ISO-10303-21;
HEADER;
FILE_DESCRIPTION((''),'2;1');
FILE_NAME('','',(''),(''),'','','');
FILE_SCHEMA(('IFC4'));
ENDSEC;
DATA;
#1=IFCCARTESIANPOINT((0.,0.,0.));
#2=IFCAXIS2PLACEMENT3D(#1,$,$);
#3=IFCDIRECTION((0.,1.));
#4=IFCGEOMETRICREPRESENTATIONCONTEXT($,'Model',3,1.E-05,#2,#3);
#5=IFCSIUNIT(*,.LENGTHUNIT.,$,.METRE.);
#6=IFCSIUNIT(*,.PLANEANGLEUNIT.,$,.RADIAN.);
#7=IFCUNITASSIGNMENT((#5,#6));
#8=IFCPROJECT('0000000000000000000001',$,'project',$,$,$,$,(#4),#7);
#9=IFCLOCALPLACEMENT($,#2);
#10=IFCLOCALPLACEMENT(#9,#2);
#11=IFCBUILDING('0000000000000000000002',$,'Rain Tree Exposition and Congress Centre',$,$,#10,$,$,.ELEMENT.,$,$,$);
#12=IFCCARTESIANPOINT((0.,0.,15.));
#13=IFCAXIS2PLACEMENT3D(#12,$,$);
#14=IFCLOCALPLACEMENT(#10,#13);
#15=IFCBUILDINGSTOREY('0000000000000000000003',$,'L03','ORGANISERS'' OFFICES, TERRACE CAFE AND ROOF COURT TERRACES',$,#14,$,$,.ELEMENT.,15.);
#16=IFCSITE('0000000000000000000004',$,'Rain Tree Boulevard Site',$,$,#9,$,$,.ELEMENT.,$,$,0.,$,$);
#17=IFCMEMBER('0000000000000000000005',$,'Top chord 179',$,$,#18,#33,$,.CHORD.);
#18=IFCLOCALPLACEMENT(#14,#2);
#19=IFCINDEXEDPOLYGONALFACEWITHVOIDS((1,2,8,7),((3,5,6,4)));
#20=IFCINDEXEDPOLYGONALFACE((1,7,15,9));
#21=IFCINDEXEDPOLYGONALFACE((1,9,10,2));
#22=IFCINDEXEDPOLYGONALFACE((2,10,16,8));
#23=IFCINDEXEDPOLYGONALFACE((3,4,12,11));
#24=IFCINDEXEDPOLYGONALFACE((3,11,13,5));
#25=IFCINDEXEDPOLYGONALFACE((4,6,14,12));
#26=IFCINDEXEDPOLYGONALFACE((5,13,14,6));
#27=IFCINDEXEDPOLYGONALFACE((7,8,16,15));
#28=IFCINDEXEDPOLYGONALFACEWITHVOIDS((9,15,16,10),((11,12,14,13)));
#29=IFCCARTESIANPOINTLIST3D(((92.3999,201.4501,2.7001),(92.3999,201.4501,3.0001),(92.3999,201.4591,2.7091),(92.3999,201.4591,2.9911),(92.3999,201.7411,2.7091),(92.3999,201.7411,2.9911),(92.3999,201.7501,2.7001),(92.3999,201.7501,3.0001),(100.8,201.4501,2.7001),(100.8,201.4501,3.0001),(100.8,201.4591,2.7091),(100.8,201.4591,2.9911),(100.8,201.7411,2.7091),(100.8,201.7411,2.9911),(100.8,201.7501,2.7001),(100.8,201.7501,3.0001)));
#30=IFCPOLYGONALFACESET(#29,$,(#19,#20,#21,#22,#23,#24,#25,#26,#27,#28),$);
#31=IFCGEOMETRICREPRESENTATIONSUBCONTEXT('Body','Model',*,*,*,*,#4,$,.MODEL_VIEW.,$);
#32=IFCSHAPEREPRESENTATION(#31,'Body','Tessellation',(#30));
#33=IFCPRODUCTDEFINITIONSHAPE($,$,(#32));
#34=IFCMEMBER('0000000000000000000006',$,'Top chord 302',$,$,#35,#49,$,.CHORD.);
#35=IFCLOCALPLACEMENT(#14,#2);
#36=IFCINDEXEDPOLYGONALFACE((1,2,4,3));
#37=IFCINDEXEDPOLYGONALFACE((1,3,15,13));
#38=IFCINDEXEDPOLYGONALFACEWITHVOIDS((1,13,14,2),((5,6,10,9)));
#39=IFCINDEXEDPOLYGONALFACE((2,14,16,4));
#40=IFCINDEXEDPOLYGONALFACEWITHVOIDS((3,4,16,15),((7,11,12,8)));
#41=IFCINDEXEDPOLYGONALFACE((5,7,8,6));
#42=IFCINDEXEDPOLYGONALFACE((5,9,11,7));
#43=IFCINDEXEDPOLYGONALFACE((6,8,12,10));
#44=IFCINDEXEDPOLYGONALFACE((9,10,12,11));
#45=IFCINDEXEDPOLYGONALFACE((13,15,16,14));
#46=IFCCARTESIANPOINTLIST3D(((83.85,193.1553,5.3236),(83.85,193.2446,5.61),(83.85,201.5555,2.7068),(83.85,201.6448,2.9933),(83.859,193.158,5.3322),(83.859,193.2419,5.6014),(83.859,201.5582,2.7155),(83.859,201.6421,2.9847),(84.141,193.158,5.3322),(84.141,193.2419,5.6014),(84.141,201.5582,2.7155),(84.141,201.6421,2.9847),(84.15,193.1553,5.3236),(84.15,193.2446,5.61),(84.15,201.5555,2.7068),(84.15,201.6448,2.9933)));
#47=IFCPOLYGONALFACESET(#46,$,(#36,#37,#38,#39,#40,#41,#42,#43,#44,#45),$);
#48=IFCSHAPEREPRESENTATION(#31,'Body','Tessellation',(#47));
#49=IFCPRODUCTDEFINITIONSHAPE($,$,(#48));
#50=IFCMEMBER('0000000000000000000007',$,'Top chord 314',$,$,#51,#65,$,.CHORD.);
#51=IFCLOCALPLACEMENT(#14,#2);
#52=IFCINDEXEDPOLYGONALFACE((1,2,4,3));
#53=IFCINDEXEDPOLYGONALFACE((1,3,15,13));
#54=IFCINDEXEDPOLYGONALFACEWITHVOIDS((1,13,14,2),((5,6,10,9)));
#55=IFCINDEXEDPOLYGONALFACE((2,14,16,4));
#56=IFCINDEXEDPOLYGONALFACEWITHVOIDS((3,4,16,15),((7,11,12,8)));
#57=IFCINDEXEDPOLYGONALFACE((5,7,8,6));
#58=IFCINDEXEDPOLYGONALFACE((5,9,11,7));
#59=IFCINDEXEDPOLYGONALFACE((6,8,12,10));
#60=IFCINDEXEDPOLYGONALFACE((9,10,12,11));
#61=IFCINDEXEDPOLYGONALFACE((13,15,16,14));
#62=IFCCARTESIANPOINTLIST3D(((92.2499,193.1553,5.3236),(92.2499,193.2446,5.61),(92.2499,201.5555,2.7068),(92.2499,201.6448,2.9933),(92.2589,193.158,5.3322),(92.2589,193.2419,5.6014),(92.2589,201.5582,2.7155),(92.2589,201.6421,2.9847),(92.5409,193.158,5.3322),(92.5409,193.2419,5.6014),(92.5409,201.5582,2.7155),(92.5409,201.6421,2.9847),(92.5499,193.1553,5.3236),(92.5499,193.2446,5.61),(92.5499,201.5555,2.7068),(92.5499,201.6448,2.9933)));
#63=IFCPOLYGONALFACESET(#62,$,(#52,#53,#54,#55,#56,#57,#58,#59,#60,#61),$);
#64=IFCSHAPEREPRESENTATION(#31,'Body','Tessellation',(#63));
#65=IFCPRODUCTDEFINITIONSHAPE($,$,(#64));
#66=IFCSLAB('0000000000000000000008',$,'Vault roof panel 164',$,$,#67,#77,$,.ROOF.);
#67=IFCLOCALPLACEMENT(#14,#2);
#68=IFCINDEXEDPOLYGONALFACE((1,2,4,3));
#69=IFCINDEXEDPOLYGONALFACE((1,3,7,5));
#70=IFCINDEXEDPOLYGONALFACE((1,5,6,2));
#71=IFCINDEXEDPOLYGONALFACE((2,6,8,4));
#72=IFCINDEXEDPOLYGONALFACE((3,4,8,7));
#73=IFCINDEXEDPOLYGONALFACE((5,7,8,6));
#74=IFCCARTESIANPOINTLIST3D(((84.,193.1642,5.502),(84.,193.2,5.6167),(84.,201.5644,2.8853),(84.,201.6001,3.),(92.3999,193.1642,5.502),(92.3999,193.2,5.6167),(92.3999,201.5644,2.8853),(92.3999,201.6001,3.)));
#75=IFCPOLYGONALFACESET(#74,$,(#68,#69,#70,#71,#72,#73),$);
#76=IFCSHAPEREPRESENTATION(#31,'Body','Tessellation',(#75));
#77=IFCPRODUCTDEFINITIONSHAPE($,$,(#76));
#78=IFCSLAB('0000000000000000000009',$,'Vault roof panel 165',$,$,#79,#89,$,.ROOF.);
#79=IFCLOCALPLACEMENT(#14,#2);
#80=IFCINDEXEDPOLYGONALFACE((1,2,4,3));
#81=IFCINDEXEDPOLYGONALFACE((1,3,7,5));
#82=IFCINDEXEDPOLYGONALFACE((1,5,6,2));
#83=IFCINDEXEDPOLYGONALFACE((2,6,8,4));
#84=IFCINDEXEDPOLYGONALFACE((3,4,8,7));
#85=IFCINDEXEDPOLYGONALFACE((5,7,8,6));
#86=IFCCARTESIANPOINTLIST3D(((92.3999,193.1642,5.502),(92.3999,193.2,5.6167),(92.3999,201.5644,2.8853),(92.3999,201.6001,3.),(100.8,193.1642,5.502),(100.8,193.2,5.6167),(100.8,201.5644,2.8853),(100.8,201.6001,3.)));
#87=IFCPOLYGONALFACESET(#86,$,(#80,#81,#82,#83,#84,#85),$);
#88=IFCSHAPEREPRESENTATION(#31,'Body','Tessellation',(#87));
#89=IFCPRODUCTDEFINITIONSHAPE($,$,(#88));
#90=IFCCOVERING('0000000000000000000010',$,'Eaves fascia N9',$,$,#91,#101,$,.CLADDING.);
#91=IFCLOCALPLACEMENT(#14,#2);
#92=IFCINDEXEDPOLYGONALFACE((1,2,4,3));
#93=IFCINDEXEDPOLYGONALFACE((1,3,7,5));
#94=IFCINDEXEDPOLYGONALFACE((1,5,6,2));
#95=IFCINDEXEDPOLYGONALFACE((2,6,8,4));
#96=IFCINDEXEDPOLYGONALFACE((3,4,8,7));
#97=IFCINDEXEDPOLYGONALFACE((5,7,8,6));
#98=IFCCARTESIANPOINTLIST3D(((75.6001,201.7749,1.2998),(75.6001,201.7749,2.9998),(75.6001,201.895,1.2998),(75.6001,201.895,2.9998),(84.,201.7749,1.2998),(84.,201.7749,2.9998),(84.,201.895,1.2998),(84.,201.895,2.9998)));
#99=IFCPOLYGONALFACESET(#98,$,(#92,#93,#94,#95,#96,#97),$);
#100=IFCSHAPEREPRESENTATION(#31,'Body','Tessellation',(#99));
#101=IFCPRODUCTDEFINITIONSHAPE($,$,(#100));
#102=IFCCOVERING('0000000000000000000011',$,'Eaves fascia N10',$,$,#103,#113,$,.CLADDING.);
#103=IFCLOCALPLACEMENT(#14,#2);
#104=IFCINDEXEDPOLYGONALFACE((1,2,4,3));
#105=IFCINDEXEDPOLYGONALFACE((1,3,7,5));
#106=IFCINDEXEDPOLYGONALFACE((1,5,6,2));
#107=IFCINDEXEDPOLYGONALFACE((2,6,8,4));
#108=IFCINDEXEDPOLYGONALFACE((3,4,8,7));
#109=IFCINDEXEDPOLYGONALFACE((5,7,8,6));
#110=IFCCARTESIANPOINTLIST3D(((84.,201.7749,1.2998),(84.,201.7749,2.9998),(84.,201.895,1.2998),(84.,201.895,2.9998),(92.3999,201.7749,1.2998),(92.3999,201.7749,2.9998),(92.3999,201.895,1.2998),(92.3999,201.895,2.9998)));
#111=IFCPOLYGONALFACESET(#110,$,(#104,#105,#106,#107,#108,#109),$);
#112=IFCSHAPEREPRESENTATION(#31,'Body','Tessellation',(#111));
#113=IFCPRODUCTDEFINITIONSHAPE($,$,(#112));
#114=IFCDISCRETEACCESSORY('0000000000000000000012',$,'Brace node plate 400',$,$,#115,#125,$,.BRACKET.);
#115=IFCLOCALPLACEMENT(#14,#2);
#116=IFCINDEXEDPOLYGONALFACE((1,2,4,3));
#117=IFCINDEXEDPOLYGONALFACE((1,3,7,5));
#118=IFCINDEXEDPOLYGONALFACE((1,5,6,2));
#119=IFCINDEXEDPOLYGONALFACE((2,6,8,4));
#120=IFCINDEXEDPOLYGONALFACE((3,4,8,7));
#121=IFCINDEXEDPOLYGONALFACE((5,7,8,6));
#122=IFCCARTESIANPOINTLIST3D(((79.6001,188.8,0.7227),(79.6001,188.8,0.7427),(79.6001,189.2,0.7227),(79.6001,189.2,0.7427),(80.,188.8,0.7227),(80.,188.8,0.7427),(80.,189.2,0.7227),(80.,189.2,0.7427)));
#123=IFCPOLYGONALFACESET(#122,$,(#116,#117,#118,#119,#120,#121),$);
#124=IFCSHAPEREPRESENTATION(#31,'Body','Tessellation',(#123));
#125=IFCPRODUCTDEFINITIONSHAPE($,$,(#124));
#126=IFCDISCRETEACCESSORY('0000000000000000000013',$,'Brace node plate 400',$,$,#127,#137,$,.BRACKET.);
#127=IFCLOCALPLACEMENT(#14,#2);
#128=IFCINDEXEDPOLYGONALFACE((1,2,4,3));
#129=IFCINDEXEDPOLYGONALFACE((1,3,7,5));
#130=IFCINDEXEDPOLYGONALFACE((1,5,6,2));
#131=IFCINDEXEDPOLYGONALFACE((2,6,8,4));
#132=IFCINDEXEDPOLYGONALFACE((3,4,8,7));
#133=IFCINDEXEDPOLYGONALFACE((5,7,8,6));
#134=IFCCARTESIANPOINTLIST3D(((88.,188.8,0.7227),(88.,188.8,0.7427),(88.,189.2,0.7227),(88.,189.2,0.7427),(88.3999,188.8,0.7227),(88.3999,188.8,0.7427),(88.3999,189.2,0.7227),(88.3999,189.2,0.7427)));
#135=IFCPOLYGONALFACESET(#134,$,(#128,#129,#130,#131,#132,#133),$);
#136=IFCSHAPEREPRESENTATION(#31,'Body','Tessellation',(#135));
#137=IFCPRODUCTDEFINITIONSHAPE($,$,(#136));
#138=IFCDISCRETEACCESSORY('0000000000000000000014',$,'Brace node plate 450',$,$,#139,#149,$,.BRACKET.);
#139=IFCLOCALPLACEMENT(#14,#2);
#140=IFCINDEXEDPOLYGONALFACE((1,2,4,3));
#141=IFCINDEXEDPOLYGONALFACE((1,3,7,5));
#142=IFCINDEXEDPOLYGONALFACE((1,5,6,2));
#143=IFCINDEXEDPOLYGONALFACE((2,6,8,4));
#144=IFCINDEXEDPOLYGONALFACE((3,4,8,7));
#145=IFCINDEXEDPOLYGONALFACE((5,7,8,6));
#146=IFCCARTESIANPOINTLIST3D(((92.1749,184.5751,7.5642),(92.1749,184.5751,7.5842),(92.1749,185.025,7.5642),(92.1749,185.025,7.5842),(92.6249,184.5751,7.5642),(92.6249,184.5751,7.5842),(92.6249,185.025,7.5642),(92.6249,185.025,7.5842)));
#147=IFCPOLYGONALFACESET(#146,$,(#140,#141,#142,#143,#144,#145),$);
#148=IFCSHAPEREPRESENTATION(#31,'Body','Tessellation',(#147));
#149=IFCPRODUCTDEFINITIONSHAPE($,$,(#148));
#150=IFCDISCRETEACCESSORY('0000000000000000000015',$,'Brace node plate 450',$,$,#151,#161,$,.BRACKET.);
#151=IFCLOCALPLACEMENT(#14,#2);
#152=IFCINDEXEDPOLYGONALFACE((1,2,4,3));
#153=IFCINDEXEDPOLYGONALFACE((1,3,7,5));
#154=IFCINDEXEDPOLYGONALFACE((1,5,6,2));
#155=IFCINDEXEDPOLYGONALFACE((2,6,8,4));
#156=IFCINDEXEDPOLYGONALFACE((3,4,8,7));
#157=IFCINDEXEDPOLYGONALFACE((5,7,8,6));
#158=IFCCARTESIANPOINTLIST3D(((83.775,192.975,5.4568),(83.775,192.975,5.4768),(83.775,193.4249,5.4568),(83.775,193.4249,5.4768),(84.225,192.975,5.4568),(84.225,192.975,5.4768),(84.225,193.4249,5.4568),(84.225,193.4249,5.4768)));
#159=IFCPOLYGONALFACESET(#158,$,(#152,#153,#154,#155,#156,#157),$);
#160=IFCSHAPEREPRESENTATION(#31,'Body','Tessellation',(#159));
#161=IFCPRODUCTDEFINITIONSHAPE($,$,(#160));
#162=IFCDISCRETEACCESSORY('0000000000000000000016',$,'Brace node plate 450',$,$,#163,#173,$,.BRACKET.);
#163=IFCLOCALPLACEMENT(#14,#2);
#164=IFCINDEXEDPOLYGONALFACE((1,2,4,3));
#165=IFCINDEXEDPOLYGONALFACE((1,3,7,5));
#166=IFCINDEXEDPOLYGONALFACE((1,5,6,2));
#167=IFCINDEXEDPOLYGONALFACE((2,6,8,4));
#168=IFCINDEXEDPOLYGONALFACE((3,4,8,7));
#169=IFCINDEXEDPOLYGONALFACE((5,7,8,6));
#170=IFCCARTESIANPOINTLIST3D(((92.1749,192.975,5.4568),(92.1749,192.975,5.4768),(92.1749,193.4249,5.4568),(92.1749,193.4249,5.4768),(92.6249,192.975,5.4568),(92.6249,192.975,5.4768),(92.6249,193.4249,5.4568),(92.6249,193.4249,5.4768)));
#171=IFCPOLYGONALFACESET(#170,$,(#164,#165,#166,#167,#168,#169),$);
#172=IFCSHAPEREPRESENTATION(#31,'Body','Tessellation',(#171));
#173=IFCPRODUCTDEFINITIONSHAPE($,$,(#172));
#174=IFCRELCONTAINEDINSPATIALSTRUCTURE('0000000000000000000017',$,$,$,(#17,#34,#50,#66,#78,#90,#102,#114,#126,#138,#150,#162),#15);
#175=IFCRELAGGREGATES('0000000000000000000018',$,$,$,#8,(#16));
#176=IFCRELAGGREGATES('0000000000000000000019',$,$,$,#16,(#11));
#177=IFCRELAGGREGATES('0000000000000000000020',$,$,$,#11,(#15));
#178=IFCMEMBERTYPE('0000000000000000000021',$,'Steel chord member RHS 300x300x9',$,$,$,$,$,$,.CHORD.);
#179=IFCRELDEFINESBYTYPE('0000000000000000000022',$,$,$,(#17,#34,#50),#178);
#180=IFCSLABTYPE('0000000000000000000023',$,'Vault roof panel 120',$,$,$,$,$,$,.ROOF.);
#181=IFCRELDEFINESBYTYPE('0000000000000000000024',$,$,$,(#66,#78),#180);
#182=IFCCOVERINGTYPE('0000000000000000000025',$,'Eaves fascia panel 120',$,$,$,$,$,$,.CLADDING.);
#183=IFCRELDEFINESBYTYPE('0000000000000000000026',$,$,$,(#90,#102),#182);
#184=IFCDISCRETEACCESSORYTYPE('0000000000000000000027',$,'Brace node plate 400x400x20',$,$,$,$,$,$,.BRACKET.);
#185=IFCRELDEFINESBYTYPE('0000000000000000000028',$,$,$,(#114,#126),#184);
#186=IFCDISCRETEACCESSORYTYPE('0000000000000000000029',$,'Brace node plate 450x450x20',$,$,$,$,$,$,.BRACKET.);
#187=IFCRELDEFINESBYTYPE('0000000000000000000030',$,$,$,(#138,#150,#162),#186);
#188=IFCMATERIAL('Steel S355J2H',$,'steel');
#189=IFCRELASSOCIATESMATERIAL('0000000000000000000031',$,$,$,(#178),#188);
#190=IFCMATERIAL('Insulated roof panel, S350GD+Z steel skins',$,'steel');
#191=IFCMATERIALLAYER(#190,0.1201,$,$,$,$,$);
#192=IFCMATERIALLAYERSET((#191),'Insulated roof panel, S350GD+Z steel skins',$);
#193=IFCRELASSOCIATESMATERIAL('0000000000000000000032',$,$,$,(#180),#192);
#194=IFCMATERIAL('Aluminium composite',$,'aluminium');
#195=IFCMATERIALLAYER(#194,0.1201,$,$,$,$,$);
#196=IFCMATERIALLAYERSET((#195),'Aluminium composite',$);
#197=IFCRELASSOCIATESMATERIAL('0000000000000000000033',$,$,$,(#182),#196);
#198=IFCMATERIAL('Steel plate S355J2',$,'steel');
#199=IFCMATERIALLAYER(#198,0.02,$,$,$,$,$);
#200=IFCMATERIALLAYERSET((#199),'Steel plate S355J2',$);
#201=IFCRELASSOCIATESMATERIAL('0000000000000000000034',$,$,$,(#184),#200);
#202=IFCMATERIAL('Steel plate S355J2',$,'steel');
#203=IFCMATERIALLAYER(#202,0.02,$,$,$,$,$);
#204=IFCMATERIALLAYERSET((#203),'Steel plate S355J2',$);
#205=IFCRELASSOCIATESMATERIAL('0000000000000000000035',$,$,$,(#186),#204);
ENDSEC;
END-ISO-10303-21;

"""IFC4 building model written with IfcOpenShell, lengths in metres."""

from ifc_helpers import new_model, si_unit, direction, frame, origin, origin_2d, place, context, subcontext, project, spatial, polyline, rectangle, hollow_rectangle, outline, extrude, material, layer, layer_set, material_profile, profile_set, type_object, element, save


model = new_model("IFC4")

# Units and contexts
model_context = context("Model", 3, precision=1e-05, world=origin(), true_north=direction((0.0, 1.0)))
body_context = subcontext(model_context, "Body", "Model", "MODEL_VIEW")
ifc_project = project(units=[si_unit("LENGTHUNIT", "METRE"), si_unit("PLANEANGLEUNIT", "RADIAN")], contexts=[model_context])

# Site, building, storey
site_placement = place(None, origin())
site = spatial("IfcSite", under=ifc_project, at=site_placement, Name="Rain Tree Boulevard Site", CompositionType="ELEMENT", RefElevation=0.0)
building_placement = place(site_placement, origin())
building = spatial("IfcBuilding", under=site, at=building_placement, Name="Rain Tree Exposition and Congress Centre", CompositionType="ELEMENT")
storey_placement = place(building_placement, frame((0.0, 0.0, 15.0)))
storey = spatial("IfcBuildingStorey", under=building, at=storey_placement, Name="L03", Description="ORGANISERS' OFFICES, TERRACE CAFE AND ROOF COURT TERRACES", CompositionType="ELEMENT", Elevation=15.0)

# Members
ifc_material_1 = material(Name="Steel S355J2H", Category="steel")
ifc_material_profile_1 = material_profile(ifc_material_1, hollow_rectangle(XDim=0.3, YDim=0.3, WallThickness=0.009, at=origin_2d()), Name="RHS 300x300x9")
ifc_profile_set_1 = profile_set([ifc_material_profile_1], Name="Steel S355J2H")
member_type_1 = type_object("IfcMemberType", Name="Steel chord member RHS 300x300x9", PredefinedType="CHORD", material=ifc_profile_set_1)
member_1_placement = place(storey_placement, frame((92.3999, 201.6001, 2.8501), z_axis=(1.0, 0.0, 0.0), x_axis=(0.0, 1.0, 0.0)))
element("IfcMember", 1, at=member_1_placement, inside=storey, type_object=member_type_1, Name="Top chord 179", PredefinedType="CHORD", context=body_context, shape_type="SweptSolid", body=[
    extrude(hollow_rectangle(XDim=0.3, YDim=0.3, WallThickness=0.009, at=origin_2d()), origin(), (0.0, 0.0, 1.0), 8.4001),
])
for number, where, z_axis, x_axis, name in (
    (2, (84.0, 193.2, 5.4668), (0.0, 0.95475, -0.297411), (-1.0, 0.0, 0.0), "Top chord 302"),
    (3, (92.3999, 193.2, 5.4668), (0.0, 0.95475, -0.297411), (-1.0, 0.0, 0.0), "Top chord 314"),
):
    element("IfcMember", number, at=place(storey_placement, frame(where, z_axis=z_axis, x_axis=x_axis)), inside=storey, type_object=member_type_1, Name=name, PredefinedType="CHORD", context=body_context, shape_type="SweptSolid", body=[
        extrude(hollow_rectangle(XDim=0.3, YDim=0.3, WallThickness=0.009, at=origin_2d()), origin(), (0.0, 0.0, 1.0), 8.7983),
    ])

# Slabs
ifc_material_2 = material(Name="Insulated roof panel, S350GD+Z steel skins", Category="steel")
ifc_layer_1 = layer(ifc_material_2, 0.1201)
ifc_layer_set_1 = layer_set([ifc_layer_1], Name="Insulated roof panel, S350GD+Z steel skins")
slab_type = type_object("IfcSlabType", Name="Vault roof panel 120", PredefinedType="ROOF", material=ifc_layer_set_1)
slab_1_placement = place(storey_placement, frame((84.0, 193.2, 5.6167), z_axis=(0.0, 0.297411, 0.95475), x_axis=(1.0, 0.0, 0.0)))
element("IfcSlab", 4, at=slab_1_placement, inside=storey, type_object=slab_type, Name="Vault roof panel 164", PredefinedType="ROOF", context=body_context, shape_type="SweptSolid", body=[
    extrude(outline(polyline([(0.0, 0.0), (8.3999, 0.0), (8.3999, 8.7983), (0.0, 8.7983), (0.0, 0.0)])), origin(), (0.0, 0.0, -1.0), 0.1201),
])
slab_2_placement = place(storey_placement, frame((92.3999, 193.2, 5.6167), z_axis=(0.0, 0.297411, 0.95475), x_axis=(1.0, 0.0, 0.0)))
element("IfcSlab", 5, at=slab_2_placement, inside=storey, type_object=slab_type, Name="Vault roof panel 165", PredefinedType="ROOF", context=body_context, shape_type="SweptSolid", body=[
    extrude(outline(polyline([(0.0, 0.0), (8.4001, 0.0), (8.4001, 8.7983), (0.0, 8.7983), (0.0, 0.0)])), origin(), (0.0, 0.0, -1.0), 0.1201),
])

# Coverings
ifc_material_3 = material(Name="Aluminium composite", Category="aluminium")
ifc_layer_2 = layer(ifc_material_3, 0.1201)
ifc_layer_set_2 = layer_set([ifc_layer_2], Name="Aluminium composite")
covering_type = type_object("IfcCoveringType", Name="Eaves fascia panel 120", PredefinedType="CLADDING", material=ifc_layer_set_2)
for number, where, z_axis, x_axis, name in (
    (6, (79.8, 201.835, 1.2998), (0.0, 0.0, 1.0), (1.0, 0.0, 0.0), "Eaves fascia N9"),
    (7, (88.2, 201.835, 1.2998), (0.0, 0.0, 1.0), (1.0, 0.0, 0.0), "Eaves fascia N10"),
):
    element("IfcCovering", number, at=place(storey_placement, frame(where, z_axis=z_axis, x_axis=x_axis)), inside=storey, type_object=covering_type, Name=name, PredefinedType="CLADDING", context=body_context, shape_type="SweptSolid", body=[
        extrude(rectangle(XDim=8.3999, YDim=0.1201, at=origin_2d()), origin(), (0.0, 0.0, 1.0), 1.7),
    ])

# Discrete accessories
ifc_material_4 = material(Name="Steel plate S355J2", Category="steel")
ifc_layer_3 = layer(ifc_material_4, 0.02)
ifc_layer_set_3 = layer_set([ifc_layer_3], Name="Steel plate S355J2")
discrete_accessory_type_1 = type_object("IfcDiscreteAccessoryType", Name="Brace node plate 400x400x20", PredefinedType="BRACKET", material=ifc_layer_set_3)
for number, where, z_axis, x_axis, name in (
    (8, (79.8, 189.0, 0.7227), (0.0, 0.0, 1.0), (1.0, 0.0, 0.0), "Brace node plate 400"),
    (9, (88.2, 189.0, 0.7227), (0.0, 0.0, 1.0), (1.0, 0.0, 0.0), "Brace node plate 400"),
):
    element("IfcDiscreteAccessory", number, at=place(storey_placement, frame(where, z_axis=z_axis, x_axis=x_axis)), inside=storey, type_object=discrete_accessory_type_1, Name=name, PredefinedType="BRACKET", context=body_context, shape_type="SweptSolid", body=[
        extrude(rectangle(XDim=0.3999, YDim=0.3999, at=origin_2d()), origin(), (0.0, 0.0, 1.0), 0.02),
    ])
ifc_material_5 = material(Name="Steel plate S355J2", Category="steel")
ifc_layer_4 = layer(ifc_material_5, 0.02)
ifc_layer_set_4 = layer_set([ifc_layer_4], Name="Steel plate S355J2")
discrete_accessory_type_2 = type_object("IfcDiscreteAccessoryType", Name="Brace node plate 450x450x20", PredefinedType="BRACKET", material=ifc_layer_set_4)
for number, where, z_axis, x_axis, name in (
    (10, (92.3999, 184.8, 7.5642), (0.0, 0.0, 1.0), (1.0, 0.0, 0.0), "Brace node plate 450"),
    (11, (84.0, 193.2, 5.4568), (0.0, 0.0, 1.0), (1.0, 0.0, 0.0), "Brace node plate 450"),
    (12, (92.3999, 193.2, 5.4568), (0.0, 0.0, 1.0), (1.0, 0.0, 0.0), "Brace node plate 450"),
):
    element("IfcDiscreteAccessory", number, at=place(storey_placement, frame(where, z_axis=z_axis, x_axis=x_axis)), inside=storey, type_object=discrete_accessory_type_2, Name=name, PredefinedType="BRACKET", context=body_context, shape_type="SweptSolid", body=[
        extrude(rectangle(XDim=0.45, YDim=0.45, at=origin_2d()), origin(), (0.0, 0.0, 1.0), 0.02),
    ])

save(model, "model.ifc")
